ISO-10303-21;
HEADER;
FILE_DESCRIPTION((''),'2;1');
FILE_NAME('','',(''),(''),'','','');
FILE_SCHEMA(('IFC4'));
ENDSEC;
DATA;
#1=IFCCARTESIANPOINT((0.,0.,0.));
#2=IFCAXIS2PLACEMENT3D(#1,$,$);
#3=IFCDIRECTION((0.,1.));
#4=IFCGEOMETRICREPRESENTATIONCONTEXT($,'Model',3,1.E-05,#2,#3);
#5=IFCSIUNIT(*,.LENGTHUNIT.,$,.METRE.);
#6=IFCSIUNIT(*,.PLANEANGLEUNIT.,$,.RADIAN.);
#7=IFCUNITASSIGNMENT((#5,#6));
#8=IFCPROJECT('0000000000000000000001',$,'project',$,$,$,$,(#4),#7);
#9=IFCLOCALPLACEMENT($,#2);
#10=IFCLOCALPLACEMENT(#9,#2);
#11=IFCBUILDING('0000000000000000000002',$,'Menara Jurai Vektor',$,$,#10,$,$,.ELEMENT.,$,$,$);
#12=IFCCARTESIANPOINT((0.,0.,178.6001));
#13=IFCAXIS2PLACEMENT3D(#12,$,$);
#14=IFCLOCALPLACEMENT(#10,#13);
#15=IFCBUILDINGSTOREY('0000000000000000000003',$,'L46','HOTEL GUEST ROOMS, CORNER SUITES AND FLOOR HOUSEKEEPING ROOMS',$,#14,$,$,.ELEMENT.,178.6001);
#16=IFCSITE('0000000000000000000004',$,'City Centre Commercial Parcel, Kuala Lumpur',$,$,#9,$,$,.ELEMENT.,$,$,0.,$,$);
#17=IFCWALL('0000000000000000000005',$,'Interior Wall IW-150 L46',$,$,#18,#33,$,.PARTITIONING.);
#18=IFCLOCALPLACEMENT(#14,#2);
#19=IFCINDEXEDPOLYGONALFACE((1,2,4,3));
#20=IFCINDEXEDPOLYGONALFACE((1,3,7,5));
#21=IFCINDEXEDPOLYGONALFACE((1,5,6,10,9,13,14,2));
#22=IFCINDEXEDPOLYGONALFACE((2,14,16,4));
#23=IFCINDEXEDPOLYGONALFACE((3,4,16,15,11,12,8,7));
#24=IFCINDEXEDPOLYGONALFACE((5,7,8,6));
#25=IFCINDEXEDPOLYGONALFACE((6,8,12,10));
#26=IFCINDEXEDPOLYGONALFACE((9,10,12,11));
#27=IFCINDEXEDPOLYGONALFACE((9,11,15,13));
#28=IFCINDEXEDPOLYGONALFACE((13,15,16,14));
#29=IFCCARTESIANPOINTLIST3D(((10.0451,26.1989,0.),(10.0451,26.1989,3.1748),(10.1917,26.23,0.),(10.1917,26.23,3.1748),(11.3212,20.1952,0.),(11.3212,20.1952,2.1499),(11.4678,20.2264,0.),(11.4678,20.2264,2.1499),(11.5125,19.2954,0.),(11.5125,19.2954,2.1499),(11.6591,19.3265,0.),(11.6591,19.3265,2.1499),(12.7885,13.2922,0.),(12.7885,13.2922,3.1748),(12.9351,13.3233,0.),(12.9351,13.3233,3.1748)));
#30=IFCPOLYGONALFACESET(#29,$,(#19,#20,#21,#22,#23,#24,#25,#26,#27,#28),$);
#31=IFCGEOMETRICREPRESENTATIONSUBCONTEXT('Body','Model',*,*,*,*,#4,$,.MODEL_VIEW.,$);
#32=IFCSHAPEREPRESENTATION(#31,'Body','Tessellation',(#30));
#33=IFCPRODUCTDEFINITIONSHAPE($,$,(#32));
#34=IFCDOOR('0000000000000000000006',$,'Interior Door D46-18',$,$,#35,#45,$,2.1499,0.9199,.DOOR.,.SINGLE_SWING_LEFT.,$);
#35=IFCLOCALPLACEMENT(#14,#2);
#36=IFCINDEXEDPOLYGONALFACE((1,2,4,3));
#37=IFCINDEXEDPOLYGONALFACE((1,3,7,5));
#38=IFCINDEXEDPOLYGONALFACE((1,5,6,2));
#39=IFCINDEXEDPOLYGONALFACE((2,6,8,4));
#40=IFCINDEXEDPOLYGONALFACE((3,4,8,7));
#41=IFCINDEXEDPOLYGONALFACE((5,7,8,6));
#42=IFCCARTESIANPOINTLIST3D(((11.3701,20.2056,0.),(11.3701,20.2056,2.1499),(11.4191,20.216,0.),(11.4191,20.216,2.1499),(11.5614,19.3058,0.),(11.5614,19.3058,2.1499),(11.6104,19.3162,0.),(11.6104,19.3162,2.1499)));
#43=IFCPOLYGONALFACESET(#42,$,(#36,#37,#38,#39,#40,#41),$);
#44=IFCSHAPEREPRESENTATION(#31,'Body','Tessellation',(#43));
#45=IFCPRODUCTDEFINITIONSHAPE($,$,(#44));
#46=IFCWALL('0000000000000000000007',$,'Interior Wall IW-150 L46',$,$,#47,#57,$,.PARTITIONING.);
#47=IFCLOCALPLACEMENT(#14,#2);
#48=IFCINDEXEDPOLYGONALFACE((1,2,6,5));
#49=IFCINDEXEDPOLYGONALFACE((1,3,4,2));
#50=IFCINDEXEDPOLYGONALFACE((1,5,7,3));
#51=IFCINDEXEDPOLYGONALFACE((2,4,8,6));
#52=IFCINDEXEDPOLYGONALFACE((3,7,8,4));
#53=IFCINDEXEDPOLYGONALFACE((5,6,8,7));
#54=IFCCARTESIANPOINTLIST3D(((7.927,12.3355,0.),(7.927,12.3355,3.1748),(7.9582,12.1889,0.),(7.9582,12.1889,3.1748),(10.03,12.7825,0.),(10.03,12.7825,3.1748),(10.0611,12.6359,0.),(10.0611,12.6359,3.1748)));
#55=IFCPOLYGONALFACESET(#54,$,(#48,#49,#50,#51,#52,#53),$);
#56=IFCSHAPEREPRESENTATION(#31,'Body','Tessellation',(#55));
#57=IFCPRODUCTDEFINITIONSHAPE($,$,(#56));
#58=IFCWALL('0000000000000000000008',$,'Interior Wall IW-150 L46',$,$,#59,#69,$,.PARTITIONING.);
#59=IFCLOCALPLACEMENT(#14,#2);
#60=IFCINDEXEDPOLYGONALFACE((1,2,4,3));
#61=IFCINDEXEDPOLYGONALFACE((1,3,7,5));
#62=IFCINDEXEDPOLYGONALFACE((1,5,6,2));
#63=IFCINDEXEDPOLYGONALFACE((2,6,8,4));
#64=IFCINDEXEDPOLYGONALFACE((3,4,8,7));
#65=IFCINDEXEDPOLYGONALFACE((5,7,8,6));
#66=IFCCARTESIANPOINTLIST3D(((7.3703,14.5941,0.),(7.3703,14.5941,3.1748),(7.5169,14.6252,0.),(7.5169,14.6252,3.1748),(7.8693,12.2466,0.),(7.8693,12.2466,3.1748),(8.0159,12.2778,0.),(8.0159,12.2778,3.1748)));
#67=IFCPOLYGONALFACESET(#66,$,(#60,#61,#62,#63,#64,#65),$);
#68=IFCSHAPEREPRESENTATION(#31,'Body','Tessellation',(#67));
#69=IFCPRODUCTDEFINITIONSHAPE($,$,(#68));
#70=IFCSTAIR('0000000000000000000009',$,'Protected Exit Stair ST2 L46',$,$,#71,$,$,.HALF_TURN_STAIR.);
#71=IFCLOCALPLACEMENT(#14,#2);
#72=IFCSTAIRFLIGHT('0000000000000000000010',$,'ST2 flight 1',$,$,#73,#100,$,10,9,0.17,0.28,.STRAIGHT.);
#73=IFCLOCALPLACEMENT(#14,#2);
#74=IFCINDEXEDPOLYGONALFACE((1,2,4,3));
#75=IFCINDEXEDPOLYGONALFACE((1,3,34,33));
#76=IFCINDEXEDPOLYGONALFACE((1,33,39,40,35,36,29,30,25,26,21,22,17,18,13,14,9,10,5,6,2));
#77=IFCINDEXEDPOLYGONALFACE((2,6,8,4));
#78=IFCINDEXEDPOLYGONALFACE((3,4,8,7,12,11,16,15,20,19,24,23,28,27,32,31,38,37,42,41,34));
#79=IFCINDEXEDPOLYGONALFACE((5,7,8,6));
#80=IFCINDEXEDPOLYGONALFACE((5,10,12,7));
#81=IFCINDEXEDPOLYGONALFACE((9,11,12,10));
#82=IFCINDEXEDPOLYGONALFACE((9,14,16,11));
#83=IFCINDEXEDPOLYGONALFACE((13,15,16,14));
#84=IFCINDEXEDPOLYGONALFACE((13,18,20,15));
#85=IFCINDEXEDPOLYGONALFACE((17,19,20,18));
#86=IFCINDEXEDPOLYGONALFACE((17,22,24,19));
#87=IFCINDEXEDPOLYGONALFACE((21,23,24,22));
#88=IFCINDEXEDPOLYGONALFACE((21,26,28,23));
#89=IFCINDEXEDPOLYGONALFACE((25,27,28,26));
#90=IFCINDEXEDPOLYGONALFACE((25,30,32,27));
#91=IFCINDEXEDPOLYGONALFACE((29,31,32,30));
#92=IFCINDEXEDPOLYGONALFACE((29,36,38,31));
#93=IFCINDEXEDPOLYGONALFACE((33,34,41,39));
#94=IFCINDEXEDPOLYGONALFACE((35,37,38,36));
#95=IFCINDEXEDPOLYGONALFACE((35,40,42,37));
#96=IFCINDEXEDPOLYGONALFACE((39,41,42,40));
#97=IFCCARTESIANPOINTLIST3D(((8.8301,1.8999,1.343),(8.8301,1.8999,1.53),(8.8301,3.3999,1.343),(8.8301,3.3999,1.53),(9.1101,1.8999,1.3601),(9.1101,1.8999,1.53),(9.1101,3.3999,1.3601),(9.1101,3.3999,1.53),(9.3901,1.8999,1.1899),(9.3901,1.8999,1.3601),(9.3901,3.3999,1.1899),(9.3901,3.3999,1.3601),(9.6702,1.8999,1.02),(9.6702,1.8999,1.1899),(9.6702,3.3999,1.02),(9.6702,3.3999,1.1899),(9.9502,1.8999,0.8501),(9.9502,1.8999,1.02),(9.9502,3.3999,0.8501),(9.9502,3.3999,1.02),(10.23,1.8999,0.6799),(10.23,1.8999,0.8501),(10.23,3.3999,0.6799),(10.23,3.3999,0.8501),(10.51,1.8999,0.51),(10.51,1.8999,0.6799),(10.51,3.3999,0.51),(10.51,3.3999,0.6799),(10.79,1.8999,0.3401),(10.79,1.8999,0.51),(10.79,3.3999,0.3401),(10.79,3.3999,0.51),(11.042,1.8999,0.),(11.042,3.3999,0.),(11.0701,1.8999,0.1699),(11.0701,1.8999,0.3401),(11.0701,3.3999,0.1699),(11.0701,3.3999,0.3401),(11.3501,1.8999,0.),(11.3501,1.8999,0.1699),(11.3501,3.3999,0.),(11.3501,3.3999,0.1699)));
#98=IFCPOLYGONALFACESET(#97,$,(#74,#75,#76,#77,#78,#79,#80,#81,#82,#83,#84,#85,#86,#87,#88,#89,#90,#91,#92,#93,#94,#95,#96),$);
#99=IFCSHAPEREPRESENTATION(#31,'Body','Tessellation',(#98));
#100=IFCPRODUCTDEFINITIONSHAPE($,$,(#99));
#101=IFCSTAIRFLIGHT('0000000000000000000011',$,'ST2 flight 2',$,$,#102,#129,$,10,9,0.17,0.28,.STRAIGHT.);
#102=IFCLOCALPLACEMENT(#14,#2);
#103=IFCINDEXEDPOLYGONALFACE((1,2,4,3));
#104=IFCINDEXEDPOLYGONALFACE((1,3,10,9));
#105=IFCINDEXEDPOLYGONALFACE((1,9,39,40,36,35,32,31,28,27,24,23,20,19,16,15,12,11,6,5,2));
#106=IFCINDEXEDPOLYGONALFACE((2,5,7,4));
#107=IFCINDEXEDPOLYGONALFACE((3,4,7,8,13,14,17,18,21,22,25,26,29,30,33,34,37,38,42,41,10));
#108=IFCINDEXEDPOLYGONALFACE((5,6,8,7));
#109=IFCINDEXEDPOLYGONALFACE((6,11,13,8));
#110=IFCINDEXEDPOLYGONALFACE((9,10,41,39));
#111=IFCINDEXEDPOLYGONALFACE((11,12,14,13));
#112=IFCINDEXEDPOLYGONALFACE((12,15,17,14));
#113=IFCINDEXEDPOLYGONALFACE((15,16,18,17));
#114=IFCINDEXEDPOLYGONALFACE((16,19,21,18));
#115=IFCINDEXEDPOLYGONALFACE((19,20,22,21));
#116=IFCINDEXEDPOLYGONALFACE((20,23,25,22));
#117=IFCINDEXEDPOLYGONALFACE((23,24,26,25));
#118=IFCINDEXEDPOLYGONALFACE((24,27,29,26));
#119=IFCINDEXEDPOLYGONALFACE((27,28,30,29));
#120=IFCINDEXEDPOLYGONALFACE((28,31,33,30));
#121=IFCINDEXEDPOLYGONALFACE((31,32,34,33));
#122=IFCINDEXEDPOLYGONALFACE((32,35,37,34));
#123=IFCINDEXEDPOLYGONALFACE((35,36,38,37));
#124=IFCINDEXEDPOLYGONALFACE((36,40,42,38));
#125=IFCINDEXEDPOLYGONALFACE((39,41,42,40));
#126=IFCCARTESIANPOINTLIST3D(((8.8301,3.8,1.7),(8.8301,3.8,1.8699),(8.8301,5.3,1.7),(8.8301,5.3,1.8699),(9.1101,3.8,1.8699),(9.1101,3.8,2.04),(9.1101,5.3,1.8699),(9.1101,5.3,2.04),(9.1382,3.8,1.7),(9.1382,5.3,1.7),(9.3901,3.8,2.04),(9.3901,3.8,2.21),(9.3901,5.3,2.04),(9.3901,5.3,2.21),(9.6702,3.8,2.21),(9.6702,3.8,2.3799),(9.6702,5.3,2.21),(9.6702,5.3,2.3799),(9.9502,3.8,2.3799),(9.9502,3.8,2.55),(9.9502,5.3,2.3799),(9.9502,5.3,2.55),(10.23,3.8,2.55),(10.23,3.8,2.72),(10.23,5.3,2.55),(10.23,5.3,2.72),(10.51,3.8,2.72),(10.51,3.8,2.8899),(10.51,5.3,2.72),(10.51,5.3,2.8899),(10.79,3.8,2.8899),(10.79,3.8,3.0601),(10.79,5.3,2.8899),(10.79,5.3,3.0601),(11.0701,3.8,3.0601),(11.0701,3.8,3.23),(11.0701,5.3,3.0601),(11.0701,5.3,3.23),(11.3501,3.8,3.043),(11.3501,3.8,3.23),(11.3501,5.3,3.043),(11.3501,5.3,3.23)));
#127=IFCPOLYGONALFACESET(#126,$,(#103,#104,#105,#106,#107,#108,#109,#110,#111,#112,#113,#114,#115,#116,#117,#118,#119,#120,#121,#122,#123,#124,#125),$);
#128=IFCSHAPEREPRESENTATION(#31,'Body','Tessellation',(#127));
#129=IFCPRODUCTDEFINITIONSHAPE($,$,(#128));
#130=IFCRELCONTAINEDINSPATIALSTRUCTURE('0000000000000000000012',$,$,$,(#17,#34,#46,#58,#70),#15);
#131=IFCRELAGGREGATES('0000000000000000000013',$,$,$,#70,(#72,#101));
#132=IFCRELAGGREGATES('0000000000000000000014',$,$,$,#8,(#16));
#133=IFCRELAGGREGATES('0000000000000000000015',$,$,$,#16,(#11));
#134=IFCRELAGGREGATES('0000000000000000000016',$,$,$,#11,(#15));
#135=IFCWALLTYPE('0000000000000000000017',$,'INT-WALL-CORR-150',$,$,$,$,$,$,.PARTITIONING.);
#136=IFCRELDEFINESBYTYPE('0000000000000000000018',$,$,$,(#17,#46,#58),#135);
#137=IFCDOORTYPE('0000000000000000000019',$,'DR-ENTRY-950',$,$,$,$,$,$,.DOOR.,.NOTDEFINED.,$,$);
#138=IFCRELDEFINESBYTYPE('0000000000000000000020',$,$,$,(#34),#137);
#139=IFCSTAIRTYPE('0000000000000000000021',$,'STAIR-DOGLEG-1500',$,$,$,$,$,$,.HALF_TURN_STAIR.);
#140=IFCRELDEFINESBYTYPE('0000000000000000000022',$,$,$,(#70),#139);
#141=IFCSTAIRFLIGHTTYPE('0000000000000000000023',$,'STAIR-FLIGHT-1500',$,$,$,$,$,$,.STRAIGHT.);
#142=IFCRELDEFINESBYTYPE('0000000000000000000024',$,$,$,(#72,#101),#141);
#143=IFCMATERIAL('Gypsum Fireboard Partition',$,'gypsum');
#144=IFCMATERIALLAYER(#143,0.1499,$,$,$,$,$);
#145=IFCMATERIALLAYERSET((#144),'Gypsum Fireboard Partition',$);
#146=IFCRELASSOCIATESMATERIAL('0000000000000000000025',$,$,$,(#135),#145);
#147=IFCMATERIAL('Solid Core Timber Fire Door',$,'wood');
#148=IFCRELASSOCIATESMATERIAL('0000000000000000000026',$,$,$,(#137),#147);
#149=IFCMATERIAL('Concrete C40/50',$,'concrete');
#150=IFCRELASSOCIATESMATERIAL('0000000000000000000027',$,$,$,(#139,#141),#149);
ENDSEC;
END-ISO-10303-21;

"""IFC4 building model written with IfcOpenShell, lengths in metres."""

from ifc_helpers import new_model, si_unit, direction, frame, frame_2d, origin, place, context, subcontext, project, spatial, polyline, rectangle, outline, extrude, material, layer, layer_set, type_object, element, fill, aggregate, save


model = new_model("IFC4")

# Units and contexts
model_context = context("Model", 3, precision=1e-05, world=origin(), true_north=direction((0.0, 1.0)))
body_context = subcontext(model_context, "Body", "Model", "MODEL_VIEW")
ifc_project = project(units=[si_unit("LENGTHUNIT", "METRE"), si_unit("PLANEANGLEUNIT", "RADIAN")], contexts=[model_context])

# Site, building, storey
site_placement = place(None, origin())
site = spatial("IfcSite", under=ifc_project, at=site_placement, Name="City Centre Commercial Parcel, Kuala Lumpur", CompositionType="ELEMENT", RefElevation=0.0)
building_placement = place(site_placement, origin())
building = spatial("IfcBuilding", under=site, at=building_placement, Name="Menara Jurai Vektor", CompositionType="ELEMENT")
storey_placement = place(building_placement, frame((0.0, 0.0, 178.6001)))
storey = spatial("IfcBuildingStorey", under=building, at=storey_placement, Name="L46", Description="HOTEL GUEST ROOMS, CORNER SUITES AND FLOOR HOUSEKEEPING ROOMS", CompositionType="ELEMENT", Elevation=178.6001)

# Shared definitions
ifc_material_1 = material(Name="Concrete C40/50", Category="concrete")

# Shared definitions
ifc_material_2 = material(Name="Gypsum Fireboard Partition", Category="gypsum")
ifc_layer_1 = layer(ifc_material_2, 0.1499)
ifc_layer_set_1 = layer_set([ifc_layer_1], Name="Gypsum Fireboard Partition")
wall_type_1 = type_object("IfcWallType", Name="INT-WALL-CORR-150", PredefinedType="PARTITIONING", material=ifc_layer_set_1)

# Wall, opening, door
wall_1_placement = place(storey_placement, frame((12.8618, 13.3076, 0.0), z_axis=(0.0, 0.0, 1.0), x_axis=(-0.207911, 0.978148, 0.0)))
wall_1 = element("IfcWall", 1, at=wall_1_placement, inside=storey, type_object=wall_type_1, Name="Interior Wall IW-150 L46", PredefinedType="PARTITIONING", context=body_context, shape_type="SweptSolid", body=[
    extrude(rectangle(XDim=13.1951, YDim=0.1499, at=frame_2d((6.5977, 0.0))), origin(), (0.0, 0.0, 1.0), 3.1748),
])
opening_1_placement = place(wall_1_placement, frame((6.1375, 0.0, 0.0)))
opening_1 = element("IfcOpeningElement", 2, at=opening_1_placement, cuts=wall_1, PredefinedType="OPENING", context=body_context, shape_type="SweptSolid", body=[
    extrude(rectangle(XDim=0.9199, YDim=2.1499, at=frame_2d((0.46, 1.075))), frame((0.0, 0.085, 0.0), z_axis=(0.0, -1.0, 0.0), x_axis=(1.0, 0.0, 0.0)), (0.0, 0.0, 1.0), 0.1699),
])
ifc_material_3 = material(Name="Solid Core Timber Fire Door", Category="wood")
door_type_1 = type_object("IfcDoorType", Name="DR-ENTRY-950", OperationType="NOTDEFINED", PredefinedType="DOOR", material=ifc_material_3)
door_1_placement = place(opening_1_placement, origin())
door_1 = element("IfcDoor", 3, at=door_1_placement, inside=storey, type_object=door_type_1, Name="Interior Door D46-18", OperationType="SINGLE_SWING_LEFT", OverallHeight=2.1499, OverallWidth=0.9199, PredefinedType="DOOR", context=body_context, shape_type="SweptSolid", body=[
    extrude(rectangle(XDim=0.9199, YDim=2.1499, at=frame_2d((0.46, 1.075))), frame((0.0, 0.0249, 0.0), z_axis=(0.0, -1.0, 0.0), x_axis=(1.0, 0.0, 0.0)), (0.0, 0.0, 1.0), 0.05),
])
fill(opening_1, door_1)

# Walls
wall_2_placement = place(storey_placement, frame((7.9426, 12.2622, 0.0), z_axis=(0.0, 0.0, 1.0), x_axis=(0.978147, 0.207916, 0.0)))
element("IfcWall", 4, at=wall_2_placement, inside=storey, type_object=wall_type_1, Name="Interior Wall IW-150 L46", PredefinedType="PARTITIONING", context=body_context, shape_type="SweptSolid", body=[
    extrude(rectangle(XDim=2.1499, YDim=0.1499, at=frame_2d((1.075, 0.0))), origin(), (0.0, 0.0, 1.0), 3.1748),
])
wall_3_placement = place(storey_placement, frame((7.9426, 12.2622, 0.0), z_axis=(0.0, 0.0, 1.0), x_axis=(-0.207938, 0.978142, 0.0)))
element("IfcWall", 5, at=wall_3_placement, inside=storey, type_object=wall_type_1, Name="Interior Wall IW-150 L46", PredefinedType="PARTITIONING", context=body_context, shape_type="SweptSolid", body=[
    extrude(rectangle(XDim=2.3999, YDim=0.1499, at=frame_2d((1.2, 0.0))), origin(), (0.0, 0.0, 1.0), 3.1748),
])

# Stair, stair flights
stair_type = type_object("IfcStairType", Name="STAIR-DOGLEG-1500", PredefinedType="HALF_TURN_STAIR", material=ifc_material_1)
stair_placement = place(storey_placement, origin())
stair = element("IfcStair", 6, at=stair_placement, inside=storey, type_object=stair_type, Name="Protected Exit Stair ST2 L46", PredefinedType="HALF_TURN_STAIR")
stair_flight_type = type_object("IfcStairFlightType", Name="STAIR-FLIGHT-1500", PredefinedType="STRAIGHT", material=ifc_material_1)
stair_flight_1_placement = place(storey_placement, frame((11.3501, 2.6499, 0.0), z_axis=(0.0, 0.0, 1.0), x_axis=(-1.0, 0.0, 0.0)))
stair_flight_1 = element("IfcStairFlight", 7, at=stair_flight_1_placement, type_object=stair_flight_type, Name="ST2 flight 1", NumberOfRisers=10, NumberOfTreads=9, PredefinedType="STRAIGHT", RiserHeight=0.17, TreadLength=0.28, context=body_context, shape_type="SweptSolid", body=[
    extrude(outline(polyline([(0.0, 0.0), (0.0, 0.1699), (0.28, 0.1699), (0.28, 0.3401), (0.5601, 0.3401), (0.5601, 0.51), (0.8401, 0.51), (0.8401, 0.6799), (1.1201, 0.6799), (1.1201, 0.8501), (1.3999, 0.8501), (1.3999, 1.02), (1.6799, 1.02), (1.6799, 1.1899), (1.96, 1.1899), (1.96, 1.3601), (2.24, 1.3601), (2.24, 1.53), (2.52, 1.53), (2.52, 1.7), (2.52, 1.343), (0.3081, 0.0), (0.0, 0.0)])), frame((0.0, 0.75, 0.0), z_axis=(0.0, -1.0, 0.0), x_axis=(1.0, 0.0, 0.0)), (0.0, 0.0, 1.0), 1.5),
])
stair_flight_2_placement = place(storey_placement, frame((8.8301, 4.55, 1.7), z_axis=(0.0, 0.0, 1.0), x_axis=(1.0, 0.0, 0.0)))
stair_flight_2 = element("IfcStairFlight", 8, at=stair_flight_2_placement, type_object=stair_flight_type, Name="ST2 flight 2", NumberOfRisers=10, NumberOfTreads=9, PredefinedType="STRAIGHT", RiserHeight=0.17, TreadLength=0.28, context=body_context, shape_type="SweptSolid", body=[
    extrude(outline(polyline([(0.0, 0.0), (0.0, 0.1699), (0.28, 0.1699), (0.28, 0.3401), (0.5601, 0.3401), (0.5601, 0.51), (0.8401, 0.51), (0.8401, 0.6799), (1.1201, 0.6799), (1.1201, 0.8501), (1.3999, 0.8501), (1.3999, 1.02), (1.6799, 1.02), (1.6799, 1.1899), (1.96, 1.1899), (1.96, 1.3601), (2.24, 1.3601), (2.24, 1.53), (2.52, 1.53), (2.52, 1.7), (2.52, 1.343), (0.3081, 0.0), (0.0, 0.0)])), frame((0.0, 0.75, 0.0), z_axis=(0.0, -1.0, 0.0), x_axis=(1.0, 0.0, 0.0)), (0.0, 0.0, 1.0), 1.5),
])
aggregate(stair, [stair_flight_1, stair_flight_2])

save(model, "model.ifc")
